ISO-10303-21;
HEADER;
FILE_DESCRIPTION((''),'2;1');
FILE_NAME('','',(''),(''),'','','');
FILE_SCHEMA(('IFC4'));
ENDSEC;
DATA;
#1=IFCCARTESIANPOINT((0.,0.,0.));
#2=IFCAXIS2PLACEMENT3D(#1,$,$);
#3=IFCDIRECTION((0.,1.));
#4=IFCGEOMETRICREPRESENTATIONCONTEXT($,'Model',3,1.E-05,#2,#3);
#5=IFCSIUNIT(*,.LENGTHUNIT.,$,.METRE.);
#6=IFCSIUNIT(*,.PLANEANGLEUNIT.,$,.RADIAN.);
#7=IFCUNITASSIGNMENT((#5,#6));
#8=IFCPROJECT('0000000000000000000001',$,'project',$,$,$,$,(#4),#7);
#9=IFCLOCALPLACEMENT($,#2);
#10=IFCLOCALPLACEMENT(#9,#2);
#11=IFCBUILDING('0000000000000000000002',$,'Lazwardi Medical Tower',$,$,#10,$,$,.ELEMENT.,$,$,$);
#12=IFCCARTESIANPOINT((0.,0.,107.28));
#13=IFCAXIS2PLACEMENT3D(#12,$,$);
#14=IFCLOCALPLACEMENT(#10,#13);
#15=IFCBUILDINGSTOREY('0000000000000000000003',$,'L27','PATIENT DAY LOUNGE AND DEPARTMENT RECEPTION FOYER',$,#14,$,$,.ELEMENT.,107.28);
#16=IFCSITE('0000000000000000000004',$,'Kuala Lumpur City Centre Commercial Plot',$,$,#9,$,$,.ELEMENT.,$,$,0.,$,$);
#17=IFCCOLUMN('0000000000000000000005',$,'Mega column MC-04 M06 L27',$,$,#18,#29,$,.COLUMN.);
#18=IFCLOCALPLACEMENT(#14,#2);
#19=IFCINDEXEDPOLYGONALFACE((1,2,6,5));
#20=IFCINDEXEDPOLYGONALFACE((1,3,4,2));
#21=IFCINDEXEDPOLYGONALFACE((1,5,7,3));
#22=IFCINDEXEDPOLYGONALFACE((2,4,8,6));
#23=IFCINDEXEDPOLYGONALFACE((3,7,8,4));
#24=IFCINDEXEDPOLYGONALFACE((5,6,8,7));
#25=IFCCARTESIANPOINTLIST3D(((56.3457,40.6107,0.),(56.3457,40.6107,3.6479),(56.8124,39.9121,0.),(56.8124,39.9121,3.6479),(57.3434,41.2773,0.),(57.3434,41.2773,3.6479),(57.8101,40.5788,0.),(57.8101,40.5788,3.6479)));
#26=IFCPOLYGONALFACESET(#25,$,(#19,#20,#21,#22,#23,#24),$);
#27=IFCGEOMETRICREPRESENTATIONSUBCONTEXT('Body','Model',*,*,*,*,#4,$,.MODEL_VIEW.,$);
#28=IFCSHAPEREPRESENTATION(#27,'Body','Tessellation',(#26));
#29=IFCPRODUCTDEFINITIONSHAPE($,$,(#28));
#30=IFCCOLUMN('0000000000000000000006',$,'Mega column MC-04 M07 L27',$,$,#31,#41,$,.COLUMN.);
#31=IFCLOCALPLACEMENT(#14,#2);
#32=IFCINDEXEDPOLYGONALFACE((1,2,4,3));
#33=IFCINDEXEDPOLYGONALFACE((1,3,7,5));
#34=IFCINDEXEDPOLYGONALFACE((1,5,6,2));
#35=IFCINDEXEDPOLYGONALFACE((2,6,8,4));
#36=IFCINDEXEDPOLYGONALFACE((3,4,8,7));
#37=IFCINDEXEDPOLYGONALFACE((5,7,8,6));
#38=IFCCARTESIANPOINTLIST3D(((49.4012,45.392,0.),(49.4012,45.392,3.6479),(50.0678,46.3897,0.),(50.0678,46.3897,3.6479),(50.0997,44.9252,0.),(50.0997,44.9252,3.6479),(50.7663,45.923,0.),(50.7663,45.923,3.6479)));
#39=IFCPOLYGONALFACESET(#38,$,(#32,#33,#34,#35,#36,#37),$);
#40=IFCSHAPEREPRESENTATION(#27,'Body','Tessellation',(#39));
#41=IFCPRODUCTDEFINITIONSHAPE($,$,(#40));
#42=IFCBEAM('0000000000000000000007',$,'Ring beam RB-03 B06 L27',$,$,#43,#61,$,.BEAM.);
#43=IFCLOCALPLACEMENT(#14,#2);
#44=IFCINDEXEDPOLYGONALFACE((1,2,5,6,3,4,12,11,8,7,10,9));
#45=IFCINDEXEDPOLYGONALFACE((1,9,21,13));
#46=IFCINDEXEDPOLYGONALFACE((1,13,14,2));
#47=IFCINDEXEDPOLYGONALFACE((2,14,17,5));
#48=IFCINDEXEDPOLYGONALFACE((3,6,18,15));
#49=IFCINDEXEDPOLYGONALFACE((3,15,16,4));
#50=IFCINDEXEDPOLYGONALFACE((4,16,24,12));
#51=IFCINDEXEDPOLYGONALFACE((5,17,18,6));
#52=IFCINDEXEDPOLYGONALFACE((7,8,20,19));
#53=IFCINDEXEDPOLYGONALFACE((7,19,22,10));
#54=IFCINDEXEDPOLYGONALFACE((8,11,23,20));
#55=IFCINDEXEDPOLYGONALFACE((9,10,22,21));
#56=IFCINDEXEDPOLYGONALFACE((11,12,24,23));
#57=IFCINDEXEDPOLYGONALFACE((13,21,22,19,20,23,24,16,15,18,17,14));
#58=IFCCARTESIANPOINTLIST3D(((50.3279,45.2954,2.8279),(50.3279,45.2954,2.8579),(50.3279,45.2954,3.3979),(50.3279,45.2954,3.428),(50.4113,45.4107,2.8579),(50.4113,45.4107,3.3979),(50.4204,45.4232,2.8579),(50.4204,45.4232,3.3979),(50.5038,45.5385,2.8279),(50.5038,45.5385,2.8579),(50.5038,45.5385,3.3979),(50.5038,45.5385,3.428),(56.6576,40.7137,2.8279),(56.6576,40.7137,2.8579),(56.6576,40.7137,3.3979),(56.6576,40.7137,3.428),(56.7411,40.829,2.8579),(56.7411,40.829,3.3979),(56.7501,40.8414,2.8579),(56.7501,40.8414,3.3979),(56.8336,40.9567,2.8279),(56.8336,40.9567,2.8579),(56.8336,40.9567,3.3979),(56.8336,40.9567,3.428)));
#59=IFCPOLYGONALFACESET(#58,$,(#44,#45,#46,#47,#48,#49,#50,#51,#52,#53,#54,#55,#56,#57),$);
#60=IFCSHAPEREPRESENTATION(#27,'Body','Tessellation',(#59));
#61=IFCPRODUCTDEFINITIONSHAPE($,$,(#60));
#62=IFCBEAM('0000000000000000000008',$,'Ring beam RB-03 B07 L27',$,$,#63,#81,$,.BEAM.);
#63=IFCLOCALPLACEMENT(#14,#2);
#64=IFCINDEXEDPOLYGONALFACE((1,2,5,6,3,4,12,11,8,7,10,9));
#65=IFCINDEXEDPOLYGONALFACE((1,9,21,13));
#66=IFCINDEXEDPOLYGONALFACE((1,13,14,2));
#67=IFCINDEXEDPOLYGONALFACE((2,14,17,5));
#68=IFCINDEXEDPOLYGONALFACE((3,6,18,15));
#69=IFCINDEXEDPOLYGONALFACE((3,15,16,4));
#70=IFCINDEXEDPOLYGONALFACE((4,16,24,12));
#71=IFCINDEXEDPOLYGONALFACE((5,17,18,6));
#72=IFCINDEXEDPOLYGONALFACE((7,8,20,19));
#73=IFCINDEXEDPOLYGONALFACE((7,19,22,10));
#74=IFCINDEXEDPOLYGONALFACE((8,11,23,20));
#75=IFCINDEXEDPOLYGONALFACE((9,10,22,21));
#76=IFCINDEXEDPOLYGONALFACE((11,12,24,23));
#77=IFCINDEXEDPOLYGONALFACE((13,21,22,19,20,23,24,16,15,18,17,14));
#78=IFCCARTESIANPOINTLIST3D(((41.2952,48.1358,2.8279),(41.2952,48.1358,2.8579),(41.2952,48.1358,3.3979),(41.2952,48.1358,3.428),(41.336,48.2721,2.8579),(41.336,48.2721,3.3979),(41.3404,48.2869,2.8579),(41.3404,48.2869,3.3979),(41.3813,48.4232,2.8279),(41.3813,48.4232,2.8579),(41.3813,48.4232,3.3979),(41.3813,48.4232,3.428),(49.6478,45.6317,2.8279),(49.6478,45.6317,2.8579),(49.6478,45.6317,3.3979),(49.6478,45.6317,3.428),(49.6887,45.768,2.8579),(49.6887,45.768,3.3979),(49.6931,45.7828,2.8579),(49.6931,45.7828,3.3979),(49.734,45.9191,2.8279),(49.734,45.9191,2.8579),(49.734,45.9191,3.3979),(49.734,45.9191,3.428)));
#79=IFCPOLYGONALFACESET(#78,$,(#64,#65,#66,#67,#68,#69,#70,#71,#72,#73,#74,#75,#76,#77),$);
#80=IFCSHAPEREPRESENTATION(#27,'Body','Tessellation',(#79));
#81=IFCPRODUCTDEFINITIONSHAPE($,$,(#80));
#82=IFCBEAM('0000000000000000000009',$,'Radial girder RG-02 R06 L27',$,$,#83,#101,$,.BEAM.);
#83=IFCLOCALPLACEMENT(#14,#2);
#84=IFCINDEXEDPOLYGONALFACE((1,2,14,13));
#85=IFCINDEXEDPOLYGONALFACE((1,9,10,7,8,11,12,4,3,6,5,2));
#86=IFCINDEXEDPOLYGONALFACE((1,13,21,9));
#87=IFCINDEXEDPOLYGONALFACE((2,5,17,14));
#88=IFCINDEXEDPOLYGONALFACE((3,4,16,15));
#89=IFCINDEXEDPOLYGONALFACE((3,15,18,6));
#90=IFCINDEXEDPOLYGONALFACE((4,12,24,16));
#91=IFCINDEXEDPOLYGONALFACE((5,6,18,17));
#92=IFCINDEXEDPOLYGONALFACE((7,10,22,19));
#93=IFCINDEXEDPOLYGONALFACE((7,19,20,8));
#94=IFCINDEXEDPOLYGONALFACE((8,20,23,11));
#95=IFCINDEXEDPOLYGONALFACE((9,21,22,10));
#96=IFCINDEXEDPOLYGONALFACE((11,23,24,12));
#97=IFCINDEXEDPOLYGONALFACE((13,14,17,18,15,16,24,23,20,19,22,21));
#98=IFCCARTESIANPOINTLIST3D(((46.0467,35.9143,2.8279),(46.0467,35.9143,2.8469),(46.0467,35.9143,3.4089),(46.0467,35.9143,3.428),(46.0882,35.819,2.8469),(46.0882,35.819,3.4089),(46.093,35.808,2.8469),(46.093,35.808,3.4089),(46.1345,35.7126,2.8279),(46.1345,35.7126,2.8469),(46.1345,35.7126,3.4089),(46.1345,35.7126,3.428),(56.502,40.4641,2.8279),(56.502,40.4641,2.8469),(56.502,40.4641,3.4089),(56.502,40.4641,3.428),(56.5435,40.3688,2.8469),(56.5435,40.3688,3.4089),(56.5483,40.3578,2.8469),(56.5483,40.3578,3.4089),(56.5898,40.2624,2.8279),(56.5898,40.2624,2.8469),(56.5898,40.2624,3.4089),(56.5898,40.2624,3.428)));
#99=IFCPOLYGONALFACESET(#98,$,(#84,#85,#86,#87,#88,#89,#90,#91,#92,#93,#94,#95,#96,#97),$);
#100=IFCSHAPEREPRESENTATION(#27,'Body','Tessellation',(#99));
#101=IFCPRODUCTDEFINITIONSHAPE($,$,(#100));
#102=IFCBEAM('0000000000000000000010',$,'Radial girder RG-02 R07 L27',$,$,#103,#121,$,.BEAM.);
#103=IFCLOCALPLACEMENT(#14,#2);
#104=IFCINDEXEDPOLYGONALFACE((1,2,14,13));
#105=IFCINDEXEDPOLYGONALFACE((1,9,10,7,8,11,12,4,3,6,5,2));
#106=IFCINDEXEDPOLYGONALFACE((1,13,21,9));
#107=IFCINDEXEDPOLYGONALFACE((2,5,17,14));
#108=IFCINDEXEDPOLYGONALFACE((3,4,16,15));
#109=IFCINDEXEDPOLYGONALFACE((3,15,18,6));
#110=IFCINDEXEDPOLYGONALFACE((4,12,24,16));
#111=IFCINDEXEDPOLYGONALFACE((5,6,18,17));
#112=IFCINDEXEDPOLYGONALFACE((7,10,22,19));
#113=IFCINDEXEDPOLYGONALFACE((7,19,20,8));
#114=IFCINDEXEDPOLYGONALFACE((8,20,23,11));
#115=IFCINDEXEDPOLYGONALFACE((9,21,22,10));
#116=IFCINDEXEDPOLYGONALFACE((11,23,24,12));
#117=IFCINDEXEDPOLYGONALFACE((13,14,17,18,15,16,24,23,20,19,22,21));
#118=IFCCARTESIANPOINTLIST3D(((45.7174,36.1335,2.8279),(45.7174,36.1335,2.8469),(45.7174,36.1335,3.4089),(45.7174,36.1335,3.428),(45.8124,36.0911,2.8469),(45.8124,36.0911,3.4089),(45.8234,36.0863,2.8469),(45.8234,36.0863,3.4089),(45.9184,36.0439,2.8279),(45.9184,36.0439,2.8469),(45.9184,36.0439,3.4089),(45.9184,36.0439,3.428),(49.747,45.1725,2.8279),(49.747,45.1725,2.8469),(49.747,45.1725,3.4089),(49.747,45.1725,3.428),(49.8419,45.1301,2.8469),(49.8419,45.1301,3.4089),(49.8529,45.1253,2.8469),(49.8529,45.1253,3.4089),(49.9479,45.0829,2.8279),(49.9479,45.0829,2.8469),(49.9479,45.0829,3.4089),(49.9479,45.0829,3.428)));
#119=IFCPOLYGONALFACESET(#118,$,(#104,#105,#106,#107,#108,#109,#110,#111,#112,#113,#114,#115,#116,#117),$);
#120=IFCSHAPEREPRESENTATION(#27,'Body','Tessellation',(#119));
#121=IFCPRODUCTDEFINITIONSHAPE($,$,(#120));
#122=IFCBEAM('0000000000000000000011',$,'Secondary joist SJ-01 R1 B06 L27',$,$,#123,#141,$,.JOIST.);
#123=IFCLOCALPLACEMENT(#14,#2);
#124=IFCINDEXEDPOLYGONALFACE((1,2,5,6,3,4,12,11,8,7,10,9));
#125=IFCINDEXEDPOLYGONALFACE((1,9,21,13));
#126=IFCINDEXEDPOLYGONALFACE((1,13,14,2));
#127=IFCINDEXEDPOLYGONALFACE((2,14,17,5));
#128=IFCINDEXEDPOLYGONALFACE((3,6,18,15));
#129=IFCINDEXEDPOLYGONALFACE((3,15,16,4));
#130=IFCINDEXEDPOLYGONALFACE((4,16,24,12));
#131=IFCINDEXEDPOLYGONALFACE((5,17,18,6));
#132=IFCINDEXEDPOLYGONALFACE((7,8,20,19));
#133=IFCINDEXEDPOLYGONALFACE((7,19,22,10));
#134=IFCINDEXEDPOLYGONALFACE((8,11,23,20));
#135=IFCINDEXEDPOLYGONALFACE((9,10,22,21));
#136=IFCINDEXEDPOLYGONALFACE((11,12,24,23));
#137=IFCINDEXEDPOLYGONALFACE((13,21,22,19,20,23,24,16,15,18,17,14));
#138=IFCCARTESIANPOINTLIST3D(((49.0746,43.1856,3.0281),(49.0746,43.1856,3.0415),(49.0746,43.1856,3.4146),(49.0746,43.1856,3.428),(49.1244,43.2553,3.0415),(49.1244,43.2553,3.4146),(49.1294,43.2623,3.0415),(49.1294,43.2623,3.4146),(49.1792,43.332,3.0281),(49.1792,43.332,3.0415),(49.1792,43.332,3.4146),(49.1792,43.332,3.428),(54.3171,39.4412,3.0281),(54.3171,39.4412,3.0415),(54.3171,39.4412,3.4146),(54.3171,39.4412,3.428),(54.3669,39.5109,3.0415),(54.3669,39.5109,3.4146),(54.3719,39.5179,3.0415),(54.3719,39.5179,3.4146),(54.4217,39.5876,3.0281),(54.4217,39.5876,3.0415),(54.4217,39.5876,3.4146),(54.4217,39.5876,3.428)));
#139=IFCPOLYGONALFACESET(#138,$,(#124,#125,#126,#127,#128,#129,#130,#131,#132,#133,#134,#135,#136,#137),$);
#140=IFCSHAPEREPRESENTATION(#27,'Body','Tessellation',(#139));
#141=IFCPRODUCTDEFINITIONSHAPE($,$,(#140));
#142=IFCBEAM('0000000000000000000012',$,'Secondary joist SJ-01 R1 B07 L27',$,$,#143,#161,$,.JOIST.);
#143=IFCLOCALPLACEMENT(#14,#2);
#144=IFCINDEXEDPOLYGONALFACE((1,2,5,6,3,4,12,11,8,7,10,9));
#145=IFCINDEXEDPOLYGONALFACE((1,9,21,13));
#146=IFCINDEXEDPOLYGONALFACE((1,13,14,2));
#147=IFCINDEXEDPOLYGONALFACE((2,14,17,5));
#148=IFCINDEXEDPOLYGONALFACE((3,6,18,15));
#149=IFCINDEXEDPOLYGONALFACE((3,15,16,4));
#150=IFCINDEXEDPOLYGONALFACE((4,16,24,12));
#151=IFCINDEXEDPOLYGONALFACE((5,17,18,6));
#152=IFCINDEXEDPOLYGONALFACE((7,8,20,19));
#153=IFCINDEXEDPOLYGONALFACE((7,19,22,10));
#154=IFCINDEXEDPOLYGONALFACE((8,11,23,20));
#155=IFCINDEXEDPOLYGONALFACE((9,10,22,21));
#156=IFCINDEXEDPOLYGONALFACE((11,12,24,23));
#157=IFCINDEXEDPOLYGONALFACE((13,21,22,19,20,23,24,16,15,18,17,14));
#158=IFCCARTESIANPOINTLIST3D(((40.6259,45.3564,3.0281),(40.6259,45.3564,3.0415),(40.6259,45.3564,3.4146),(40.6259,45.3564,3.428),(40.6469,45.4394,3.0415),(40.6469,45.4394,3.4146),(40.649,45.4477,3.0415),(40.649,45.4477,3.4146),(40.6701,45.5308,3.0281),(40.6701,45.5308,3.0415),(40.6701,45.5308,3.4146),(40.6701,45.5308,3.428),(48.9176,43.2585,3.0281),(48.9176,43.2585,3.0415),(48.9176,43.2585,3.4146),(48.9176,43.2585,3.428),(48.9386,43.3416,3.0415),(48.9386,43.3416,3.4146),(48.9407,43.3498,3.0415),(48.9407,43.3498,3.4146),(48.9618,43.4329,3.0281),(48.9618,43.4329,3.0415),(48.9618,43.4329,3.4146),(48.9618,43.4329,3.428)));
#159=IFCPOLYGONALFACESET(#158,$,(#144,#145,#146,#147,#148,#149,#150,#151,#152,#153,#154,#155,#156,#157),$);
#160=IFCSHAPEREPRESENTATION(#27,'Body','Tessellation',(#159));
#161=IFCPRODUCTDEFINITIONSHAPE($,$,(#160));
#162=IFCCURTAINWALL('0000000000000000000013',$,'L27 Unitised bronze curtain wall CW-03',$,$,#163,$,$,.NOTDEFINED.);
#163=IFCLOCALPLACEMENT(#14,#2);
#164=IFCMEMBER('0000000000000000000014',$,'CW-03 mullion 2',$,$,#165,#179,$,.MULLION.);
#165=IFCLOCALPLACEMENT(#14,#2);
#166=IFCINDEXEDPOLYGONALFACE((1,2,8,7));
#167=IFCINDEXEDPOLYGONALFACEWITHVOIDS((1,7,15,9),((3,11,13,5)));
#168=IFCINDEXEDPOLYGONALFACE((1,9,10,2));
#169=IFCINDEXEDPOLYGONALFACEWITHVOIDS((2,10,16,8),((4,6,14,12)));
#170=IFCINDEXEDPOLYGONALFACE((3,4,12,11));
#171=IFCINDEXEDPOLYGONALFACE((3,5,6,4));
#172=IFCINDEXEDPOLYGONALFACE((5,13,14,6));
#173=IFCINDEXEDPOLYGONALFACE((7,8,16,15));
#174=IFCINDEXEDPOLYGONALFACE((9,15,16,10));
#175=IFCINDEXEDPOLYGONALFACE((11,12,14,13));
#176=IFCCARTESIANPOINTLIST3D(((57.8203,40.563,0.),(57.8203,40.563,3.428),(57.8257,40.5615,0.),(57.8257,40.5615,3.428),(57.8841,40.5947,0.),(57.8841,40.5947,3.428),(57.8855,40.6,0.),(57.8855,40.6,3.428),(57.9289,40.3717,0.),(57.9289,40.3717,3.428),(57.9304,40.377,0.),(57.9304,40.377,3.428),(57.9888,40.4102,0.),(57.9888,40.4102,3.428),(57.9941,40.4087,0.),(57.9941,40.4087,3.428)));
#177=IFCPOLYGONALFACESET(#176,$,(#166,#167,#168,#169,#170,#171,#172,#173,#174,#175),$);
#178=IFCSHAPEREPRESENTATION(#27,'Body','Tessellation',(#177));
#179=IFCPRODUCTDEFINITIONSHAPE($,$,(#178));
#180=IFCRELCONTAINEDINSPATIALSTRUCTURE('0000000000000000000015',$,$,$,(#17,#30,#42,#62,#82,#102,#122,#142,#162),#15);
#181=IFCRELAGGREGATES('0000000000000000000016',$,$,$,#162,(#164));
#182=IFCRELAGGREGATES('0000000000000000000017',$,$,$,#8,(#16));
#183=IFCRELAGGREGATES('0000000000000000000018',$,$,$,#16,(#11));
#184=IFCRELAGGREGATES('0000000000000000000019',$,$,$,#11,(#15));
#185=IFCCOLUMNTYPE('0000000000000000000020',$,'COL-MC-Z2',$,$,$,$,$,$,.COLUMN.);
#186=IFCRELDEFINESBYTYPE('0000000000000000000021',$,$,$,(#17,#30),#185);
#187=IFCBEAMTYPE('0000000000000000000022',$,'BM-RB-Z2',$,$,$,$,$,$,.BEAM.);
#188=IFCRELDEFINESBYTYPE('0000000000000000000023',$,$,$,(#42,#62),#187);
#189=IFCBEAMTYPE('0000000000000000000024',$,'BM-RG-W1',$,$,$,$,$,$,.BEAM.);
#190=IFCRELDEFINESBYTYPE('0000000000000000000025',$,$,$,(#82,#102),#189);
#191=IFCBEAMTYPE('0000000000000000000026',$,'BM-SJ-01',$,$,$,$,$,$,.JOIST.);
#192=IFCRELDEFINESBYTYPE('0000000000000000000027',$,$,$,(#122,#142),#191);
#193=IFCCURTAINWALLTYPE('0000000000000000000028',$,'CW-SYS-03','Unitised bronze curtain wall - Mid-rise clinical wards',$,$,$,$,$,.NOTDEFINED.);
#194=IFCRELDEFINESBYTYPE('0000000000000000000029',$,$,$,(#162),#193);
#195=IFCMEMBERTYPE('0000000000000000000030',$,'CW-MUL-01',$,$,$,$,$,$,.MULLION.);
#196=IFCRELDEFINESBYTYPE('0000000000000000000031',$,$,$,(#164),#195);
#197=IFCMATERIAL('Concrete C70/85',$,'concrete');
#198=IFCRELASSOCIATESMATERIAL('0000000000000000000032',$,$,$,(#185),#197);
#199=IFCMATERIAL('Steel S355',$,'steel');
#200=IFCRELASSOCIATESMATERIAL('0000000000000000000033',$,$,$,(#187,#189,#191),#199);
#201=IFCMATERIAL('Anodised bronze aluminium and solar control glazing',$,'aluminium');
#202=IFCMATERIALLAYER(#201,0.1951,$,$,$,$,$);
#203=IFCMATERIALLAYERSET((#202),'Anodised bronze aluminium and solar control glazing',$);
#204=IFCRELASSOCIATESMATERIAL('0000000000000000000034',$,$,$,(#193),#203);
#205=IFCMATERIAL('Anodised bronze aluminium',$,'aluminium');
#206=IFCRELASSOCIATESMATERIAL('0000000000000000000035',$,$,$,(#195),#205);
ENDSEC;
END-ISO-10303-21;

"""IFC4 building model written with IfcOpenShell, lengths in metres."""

from ifc_helpers import new_model, si_unit, direction, frame, origin, origin_2d, place, context, subcontext, project, spatial, rectangle, hollow_rectangle, i_section, extrude, material, layer, layer_set, material_profile, profile_set, type_object, element, aggregate, save


model = new_model("IFC4")

# Units and contexts
model_context = context("Model", 3, precision=1e-05, world=origin(), true_north=direction((0.0, 1.0)))
body_context = subcontext(model_context, "Body", "Model", "MODEL_VIEW")
ifc_project = project(units=[si_unit("LENGTHUNIT", "METRE"), si_unit("PLANEANGLEUNIT", "RADIAN")], contexts=[model_context])

# Site, building, storey
site_placement = place(None, origin())
site = spatial("IfcSite", under=ifc_project, at=site_placement, Name="Kuala Lumpur City Centre Commercial Plot", CompositionType="ELEMENT", RefElevation=0.0)
building_placement = place(site_placement, origin())
building = spatial("IfcBuilding", under=site, at=building_placement, Name="Lazwardi Medical Tower", CompositionType="ELEMENT")
storey_placement = place(building_placement, frame((0.0, 0.0, 107.28)))
storey = spatial("IfcBuildingStorey", under=building, at=storey_placement, Name="L27", Description="PATIENT DAY LOUNGE AND DEPARTMENT RECEPTION FOYER", CompositionType="ELEMENT", Elevation=107.28)

# Columns
ifc_material_1 = material(Name="Concrete C70/85", Category="concrete")
ifc_material_profile_1 = material_profile(ifc_material_1, rectangle(XDim=1.2, YDim=0.8401, at=origin_2d()), Name="CFT-RECT 1200x840")
ifc_profile_set_1 = profile_set([ifc_material_profile_1], Name="Concrete C70/85")
column_type = type_object("IfcColumnType", Name="COL-MC-Z2", PredefinedType="COLUMN", material=ifc_profile_set_1)
for number, where, z_axis, x_axis, name in (
    (1, (57.0779, 40.5947, 0.0), (0.0, 0.0, 1.0), (0.83147, 0.55557, 0.0), "Mega column MC-04 M06 L27"),
    (2, (50.0837, 45.6575, 0.0), (0.0, 0.0, 1.0), (0.55557, 0.83147, 0.0), "Mega column MC-04 M07 L27"),
):
    element("IfcColumn", number, at=place(storey_placement, frame(where, z_axis=z_axis, x_axis=x_axis)), inside=storey, type_object=column_type, Name=name, PredefinedType="COLUMN", context=body_context, shape_type="SweptSolid", body=[
        extrude(rectangle(XDim=1.2, YDim=0.8401, at=origin_2d()), origin(), (0.0, 0.0, 1.0), 3.6479),
    ])

# Beams
ifc_material_2 = material(Name="Steel S355", Category="steel")
ifc_material_profile_2 = material_profile(ifc_material_2, i_section(OverallWidth=0.3, OverallDepth=0.6001, WebThickness=0.0154, FlangeThickness=0.03, at=origin_2d()), Name="HEB 600")
ifc_profile_set_2 = profile_set([ifc_material_profile_2], Name="Steel S355")
beam_type_1 = type_object("IfcBeamType", Name="BM-RB-Z2", PredefinedType="BEAM", material=ifc_profile_set_2)
beam_1_placement = place(storey_placement, frame((56.7456, 40.8352, 3.1279), z_axis=(-0.810057, 0.586351, 0.0), x_axis=(-0.586351, -0.810057, 0.0)))
element("IfcBeam", 3, at=beam_1_placement, inside=storey, type_object=beam_type_1, Name="Ring beam RB-03 B06 L27", PredefinedType="BEAM", context=body_context, shape_type="SweptSolid", body=[
    extrude(i_section(OverallWidth=0.3, OverallDepth=0.6001, WebThickness=0.0154, FlangeThickness=0.03, at=origin_2d()), origin(), (0.0, 0.0, 1.0), 7.814),
])
beam_2_placement = place(storey_placement, frame((49.6909, 45.7754, 3.1279), z_axis=(-0.957879, 0.287171, 0.0), x_axis=(-0.287171, -0.957879, 0.0)))
element("IfcBeam", 4, at=beam_2_placement, inside=storey, type_object=beam_type_1, Name="Ring beam RB-03 B07 L27", PredefinedType="BEAM", context=body_context, shape_type="SweptSolid", body=[
    extrude(i_section(OverallWidth=0.3, OverallDepth=0.6001, WebThickness=0.0154, FlangeThickness=0.03, at=origin_2d()), origin(), (0.0, 0.0, 1.0), 8.72),
])
ifc_material_profile_3 = material_profile(ifc_material_2, i_section(OverallWidth=0.22, OverallDepth=0.6001, WebThickness=0.012, FlangeThickness=0.019, at=origin_2d()), Name="IPE 600")
ifc_profile_set_3 = profile_set([ifc_material_profile_3], Name="Steel S355")
beam_type_2 = type_object("IfcBeamType", Name="BM-RG-W1", PredefinedType="BEAM", material=ifc_profile_set_3)
beam_3_placement = place(storey_placement, frame((56.5459, 40.3633, 3.1279), z_axis=(-0.916941, -0.399022, 0.0), x_axis=(0.399022, -0.916941, 0.0)))
element("IfcBeam", 5, at=beam_3_placement, inside=storey, type_object=beam_type_2, Name="Radial girder RG-02 R06 L27", PredefinedType="BEAM", context=body_context, shape_type="SweptSolid", body=[
    extrude(i_section(OverallWidth=0.22, OverallDepth=0.6001, WebThickness=0.012, FlangeThickness=0.019, at=origin_2d()), origin(), (0.0, 0.0, 1.0), 11.4023),
])
beam_4_placement = place(storey_placement, frame((49.8474, 45.1277, 3.1279), z_axis=(-0.407166, -0.913354, 0.0), x_axis=(0.913354, -0.407166, 0.0)))
element("IfcBeam", 6, at=beam_4_placement, inside=storey, type_object=beam_type_2, Name="Radial girder RG-02 R07 L27", PredefinedType="BEAM", context=body_context, shape_type="SweptSolid", body=[
    extrude(i_section(OverallWidth=0.22, OverallDepth=0.6001, WebThickness=0.012, FlangeThickness=0.019, at=origin_2d()), origin(), (0.0, 0.0, 1.0), 9.8965),
])
ifc_material_profile_4 = material_profile(ifc_material_2, i_section(OverallWidth=0.1799, OverallDepth=0.3999, WebThickness=0.0085, FlangeThickness=0.0134, at=origin_2d()), Name="IPE 400")
ifc_profile_set_4 = profile_set([ifc_material_profile_4], Name="Steel S355")
beam_type_3 = type_object("IfcBeamType", Name="BM-SJ-01", PredefinedType="JOIST", material=ifc_profile_set_4)
beam_5_placement = place(storey_placement, frame((54.3694, 39.5144, 3.228), z_axis=(-0.813749, 0.581217, 0.0), x_axis=(-0.581217, -0.813749, 0.0)))
element("IfcBeam", 7, at=beam_5_placement, inside=storey, type_object=beam_type_3, Name="Secondary joist SJ-01 R1 B06 L27", PredefinedType="JOIST", context=body_context, shape_type="SweptSolid", body=[
    extrude(i_section(OverallWidth=0.1799, OverallDepth=0.3999, WebThickness=0.0085, FlangeThickness=0.0134, at=origin_2d()), origin(), (0.0, 0.0, 1.0), 6.4424),
])
beam_6_placement = place(storey_placement, frame((48.9397, 43.3457, 3.228), z_axis=(-0.969452, 0.245282, 0.0), x_axis=(-0.245282, -0.969452, 0.0)))
element("IfcBeam", 8, at=beam_6_placement, inside=storey, type_object=beam_type_3, Name="Secondary joist SJ-01 R1 B07 L27", PredefinedType="JOIST", context=body_context, shape_type="SweptSolid", body=[
    extrude(i_section(OverallWidth=0.1799, OverallDepth=0.3999, WebThickness=0.0085, FlangeThickness=0.0134, at=origin_2d()), origin(), (0.0, 0.0, 1.0), 8.553),
])

# Curtain wall, member
ifc_material_3 = material(Name="Anodised bronze aluminium and solar control glazing", Category="aluminium")
ifc_layer_1 = layer(ifc_material_3, 0.1951)
ifc_layer_set_1 = layer_set([ifc_layer_1], Name="Anodised bronze aluminium and solar control glazing")
curtain_wall_type = type_object("IfcCurtainWallType", Name="CW-SYS-03", Description="Unitised bronze curtain wall - Mid-rise clinical wards", PredefinedType="NOTDEFINED", material=ifc_layer_set_1)
curtain_wall_1_placement = place(storey_placement, origin())
curtain_wall_1 = element("IfcCurtainWall", 9, at=curtain_wall_1_placement, inside=storey, type_object=curtain_wall_type, Name="L27 Unitised bronze curtain wall CW-03", PredefinedType="NOTDEFINED")
ifc_material_4 = material(Name="Anodised bronze aluminium", Category="aluminium")
ifc_material_profile_5 = material_profile(ifc_material_4, hollow_rectangle(XDim=0.075, YDim=0.22, WallThickness=0.0039, at=origin_2d()), Name="ALU-MULLION 220x75x4")
ifc_profile_set_5 = profile_set([ifc_material_profile_5], Name="Anodised bronze aluminium")
member_type_1 = type_object("IfcMemberType", Name="CW-MUL-01", PredefinedType="MULLION", material=ifc_profile_set_5)
member_1_placement = place(storey_placement, frame((57.9072, 40.4858, 0.0), z_axis=(0.0, 0.0, 1.0), x_axis=(-0.869687, -0.493603, 0.0)))
member_1 = element("IfcMember", 10, at=member_1_placement, type_object=member_type_1, Name="CW-03 mullion 2", PredefinedType="MULLION", context=body_context, shape_type="SweptSolid", body=[
    extrude(hollow_rectangle(XDim=0.075, YDim=0.22, WallThickness=0.0039, at=origin_2d()), origin(), (0.0, 0.0, 1.0), 3.428),
])
aggregate(curtain_wall_1, [member_1])

save(model, "model.ifc")
